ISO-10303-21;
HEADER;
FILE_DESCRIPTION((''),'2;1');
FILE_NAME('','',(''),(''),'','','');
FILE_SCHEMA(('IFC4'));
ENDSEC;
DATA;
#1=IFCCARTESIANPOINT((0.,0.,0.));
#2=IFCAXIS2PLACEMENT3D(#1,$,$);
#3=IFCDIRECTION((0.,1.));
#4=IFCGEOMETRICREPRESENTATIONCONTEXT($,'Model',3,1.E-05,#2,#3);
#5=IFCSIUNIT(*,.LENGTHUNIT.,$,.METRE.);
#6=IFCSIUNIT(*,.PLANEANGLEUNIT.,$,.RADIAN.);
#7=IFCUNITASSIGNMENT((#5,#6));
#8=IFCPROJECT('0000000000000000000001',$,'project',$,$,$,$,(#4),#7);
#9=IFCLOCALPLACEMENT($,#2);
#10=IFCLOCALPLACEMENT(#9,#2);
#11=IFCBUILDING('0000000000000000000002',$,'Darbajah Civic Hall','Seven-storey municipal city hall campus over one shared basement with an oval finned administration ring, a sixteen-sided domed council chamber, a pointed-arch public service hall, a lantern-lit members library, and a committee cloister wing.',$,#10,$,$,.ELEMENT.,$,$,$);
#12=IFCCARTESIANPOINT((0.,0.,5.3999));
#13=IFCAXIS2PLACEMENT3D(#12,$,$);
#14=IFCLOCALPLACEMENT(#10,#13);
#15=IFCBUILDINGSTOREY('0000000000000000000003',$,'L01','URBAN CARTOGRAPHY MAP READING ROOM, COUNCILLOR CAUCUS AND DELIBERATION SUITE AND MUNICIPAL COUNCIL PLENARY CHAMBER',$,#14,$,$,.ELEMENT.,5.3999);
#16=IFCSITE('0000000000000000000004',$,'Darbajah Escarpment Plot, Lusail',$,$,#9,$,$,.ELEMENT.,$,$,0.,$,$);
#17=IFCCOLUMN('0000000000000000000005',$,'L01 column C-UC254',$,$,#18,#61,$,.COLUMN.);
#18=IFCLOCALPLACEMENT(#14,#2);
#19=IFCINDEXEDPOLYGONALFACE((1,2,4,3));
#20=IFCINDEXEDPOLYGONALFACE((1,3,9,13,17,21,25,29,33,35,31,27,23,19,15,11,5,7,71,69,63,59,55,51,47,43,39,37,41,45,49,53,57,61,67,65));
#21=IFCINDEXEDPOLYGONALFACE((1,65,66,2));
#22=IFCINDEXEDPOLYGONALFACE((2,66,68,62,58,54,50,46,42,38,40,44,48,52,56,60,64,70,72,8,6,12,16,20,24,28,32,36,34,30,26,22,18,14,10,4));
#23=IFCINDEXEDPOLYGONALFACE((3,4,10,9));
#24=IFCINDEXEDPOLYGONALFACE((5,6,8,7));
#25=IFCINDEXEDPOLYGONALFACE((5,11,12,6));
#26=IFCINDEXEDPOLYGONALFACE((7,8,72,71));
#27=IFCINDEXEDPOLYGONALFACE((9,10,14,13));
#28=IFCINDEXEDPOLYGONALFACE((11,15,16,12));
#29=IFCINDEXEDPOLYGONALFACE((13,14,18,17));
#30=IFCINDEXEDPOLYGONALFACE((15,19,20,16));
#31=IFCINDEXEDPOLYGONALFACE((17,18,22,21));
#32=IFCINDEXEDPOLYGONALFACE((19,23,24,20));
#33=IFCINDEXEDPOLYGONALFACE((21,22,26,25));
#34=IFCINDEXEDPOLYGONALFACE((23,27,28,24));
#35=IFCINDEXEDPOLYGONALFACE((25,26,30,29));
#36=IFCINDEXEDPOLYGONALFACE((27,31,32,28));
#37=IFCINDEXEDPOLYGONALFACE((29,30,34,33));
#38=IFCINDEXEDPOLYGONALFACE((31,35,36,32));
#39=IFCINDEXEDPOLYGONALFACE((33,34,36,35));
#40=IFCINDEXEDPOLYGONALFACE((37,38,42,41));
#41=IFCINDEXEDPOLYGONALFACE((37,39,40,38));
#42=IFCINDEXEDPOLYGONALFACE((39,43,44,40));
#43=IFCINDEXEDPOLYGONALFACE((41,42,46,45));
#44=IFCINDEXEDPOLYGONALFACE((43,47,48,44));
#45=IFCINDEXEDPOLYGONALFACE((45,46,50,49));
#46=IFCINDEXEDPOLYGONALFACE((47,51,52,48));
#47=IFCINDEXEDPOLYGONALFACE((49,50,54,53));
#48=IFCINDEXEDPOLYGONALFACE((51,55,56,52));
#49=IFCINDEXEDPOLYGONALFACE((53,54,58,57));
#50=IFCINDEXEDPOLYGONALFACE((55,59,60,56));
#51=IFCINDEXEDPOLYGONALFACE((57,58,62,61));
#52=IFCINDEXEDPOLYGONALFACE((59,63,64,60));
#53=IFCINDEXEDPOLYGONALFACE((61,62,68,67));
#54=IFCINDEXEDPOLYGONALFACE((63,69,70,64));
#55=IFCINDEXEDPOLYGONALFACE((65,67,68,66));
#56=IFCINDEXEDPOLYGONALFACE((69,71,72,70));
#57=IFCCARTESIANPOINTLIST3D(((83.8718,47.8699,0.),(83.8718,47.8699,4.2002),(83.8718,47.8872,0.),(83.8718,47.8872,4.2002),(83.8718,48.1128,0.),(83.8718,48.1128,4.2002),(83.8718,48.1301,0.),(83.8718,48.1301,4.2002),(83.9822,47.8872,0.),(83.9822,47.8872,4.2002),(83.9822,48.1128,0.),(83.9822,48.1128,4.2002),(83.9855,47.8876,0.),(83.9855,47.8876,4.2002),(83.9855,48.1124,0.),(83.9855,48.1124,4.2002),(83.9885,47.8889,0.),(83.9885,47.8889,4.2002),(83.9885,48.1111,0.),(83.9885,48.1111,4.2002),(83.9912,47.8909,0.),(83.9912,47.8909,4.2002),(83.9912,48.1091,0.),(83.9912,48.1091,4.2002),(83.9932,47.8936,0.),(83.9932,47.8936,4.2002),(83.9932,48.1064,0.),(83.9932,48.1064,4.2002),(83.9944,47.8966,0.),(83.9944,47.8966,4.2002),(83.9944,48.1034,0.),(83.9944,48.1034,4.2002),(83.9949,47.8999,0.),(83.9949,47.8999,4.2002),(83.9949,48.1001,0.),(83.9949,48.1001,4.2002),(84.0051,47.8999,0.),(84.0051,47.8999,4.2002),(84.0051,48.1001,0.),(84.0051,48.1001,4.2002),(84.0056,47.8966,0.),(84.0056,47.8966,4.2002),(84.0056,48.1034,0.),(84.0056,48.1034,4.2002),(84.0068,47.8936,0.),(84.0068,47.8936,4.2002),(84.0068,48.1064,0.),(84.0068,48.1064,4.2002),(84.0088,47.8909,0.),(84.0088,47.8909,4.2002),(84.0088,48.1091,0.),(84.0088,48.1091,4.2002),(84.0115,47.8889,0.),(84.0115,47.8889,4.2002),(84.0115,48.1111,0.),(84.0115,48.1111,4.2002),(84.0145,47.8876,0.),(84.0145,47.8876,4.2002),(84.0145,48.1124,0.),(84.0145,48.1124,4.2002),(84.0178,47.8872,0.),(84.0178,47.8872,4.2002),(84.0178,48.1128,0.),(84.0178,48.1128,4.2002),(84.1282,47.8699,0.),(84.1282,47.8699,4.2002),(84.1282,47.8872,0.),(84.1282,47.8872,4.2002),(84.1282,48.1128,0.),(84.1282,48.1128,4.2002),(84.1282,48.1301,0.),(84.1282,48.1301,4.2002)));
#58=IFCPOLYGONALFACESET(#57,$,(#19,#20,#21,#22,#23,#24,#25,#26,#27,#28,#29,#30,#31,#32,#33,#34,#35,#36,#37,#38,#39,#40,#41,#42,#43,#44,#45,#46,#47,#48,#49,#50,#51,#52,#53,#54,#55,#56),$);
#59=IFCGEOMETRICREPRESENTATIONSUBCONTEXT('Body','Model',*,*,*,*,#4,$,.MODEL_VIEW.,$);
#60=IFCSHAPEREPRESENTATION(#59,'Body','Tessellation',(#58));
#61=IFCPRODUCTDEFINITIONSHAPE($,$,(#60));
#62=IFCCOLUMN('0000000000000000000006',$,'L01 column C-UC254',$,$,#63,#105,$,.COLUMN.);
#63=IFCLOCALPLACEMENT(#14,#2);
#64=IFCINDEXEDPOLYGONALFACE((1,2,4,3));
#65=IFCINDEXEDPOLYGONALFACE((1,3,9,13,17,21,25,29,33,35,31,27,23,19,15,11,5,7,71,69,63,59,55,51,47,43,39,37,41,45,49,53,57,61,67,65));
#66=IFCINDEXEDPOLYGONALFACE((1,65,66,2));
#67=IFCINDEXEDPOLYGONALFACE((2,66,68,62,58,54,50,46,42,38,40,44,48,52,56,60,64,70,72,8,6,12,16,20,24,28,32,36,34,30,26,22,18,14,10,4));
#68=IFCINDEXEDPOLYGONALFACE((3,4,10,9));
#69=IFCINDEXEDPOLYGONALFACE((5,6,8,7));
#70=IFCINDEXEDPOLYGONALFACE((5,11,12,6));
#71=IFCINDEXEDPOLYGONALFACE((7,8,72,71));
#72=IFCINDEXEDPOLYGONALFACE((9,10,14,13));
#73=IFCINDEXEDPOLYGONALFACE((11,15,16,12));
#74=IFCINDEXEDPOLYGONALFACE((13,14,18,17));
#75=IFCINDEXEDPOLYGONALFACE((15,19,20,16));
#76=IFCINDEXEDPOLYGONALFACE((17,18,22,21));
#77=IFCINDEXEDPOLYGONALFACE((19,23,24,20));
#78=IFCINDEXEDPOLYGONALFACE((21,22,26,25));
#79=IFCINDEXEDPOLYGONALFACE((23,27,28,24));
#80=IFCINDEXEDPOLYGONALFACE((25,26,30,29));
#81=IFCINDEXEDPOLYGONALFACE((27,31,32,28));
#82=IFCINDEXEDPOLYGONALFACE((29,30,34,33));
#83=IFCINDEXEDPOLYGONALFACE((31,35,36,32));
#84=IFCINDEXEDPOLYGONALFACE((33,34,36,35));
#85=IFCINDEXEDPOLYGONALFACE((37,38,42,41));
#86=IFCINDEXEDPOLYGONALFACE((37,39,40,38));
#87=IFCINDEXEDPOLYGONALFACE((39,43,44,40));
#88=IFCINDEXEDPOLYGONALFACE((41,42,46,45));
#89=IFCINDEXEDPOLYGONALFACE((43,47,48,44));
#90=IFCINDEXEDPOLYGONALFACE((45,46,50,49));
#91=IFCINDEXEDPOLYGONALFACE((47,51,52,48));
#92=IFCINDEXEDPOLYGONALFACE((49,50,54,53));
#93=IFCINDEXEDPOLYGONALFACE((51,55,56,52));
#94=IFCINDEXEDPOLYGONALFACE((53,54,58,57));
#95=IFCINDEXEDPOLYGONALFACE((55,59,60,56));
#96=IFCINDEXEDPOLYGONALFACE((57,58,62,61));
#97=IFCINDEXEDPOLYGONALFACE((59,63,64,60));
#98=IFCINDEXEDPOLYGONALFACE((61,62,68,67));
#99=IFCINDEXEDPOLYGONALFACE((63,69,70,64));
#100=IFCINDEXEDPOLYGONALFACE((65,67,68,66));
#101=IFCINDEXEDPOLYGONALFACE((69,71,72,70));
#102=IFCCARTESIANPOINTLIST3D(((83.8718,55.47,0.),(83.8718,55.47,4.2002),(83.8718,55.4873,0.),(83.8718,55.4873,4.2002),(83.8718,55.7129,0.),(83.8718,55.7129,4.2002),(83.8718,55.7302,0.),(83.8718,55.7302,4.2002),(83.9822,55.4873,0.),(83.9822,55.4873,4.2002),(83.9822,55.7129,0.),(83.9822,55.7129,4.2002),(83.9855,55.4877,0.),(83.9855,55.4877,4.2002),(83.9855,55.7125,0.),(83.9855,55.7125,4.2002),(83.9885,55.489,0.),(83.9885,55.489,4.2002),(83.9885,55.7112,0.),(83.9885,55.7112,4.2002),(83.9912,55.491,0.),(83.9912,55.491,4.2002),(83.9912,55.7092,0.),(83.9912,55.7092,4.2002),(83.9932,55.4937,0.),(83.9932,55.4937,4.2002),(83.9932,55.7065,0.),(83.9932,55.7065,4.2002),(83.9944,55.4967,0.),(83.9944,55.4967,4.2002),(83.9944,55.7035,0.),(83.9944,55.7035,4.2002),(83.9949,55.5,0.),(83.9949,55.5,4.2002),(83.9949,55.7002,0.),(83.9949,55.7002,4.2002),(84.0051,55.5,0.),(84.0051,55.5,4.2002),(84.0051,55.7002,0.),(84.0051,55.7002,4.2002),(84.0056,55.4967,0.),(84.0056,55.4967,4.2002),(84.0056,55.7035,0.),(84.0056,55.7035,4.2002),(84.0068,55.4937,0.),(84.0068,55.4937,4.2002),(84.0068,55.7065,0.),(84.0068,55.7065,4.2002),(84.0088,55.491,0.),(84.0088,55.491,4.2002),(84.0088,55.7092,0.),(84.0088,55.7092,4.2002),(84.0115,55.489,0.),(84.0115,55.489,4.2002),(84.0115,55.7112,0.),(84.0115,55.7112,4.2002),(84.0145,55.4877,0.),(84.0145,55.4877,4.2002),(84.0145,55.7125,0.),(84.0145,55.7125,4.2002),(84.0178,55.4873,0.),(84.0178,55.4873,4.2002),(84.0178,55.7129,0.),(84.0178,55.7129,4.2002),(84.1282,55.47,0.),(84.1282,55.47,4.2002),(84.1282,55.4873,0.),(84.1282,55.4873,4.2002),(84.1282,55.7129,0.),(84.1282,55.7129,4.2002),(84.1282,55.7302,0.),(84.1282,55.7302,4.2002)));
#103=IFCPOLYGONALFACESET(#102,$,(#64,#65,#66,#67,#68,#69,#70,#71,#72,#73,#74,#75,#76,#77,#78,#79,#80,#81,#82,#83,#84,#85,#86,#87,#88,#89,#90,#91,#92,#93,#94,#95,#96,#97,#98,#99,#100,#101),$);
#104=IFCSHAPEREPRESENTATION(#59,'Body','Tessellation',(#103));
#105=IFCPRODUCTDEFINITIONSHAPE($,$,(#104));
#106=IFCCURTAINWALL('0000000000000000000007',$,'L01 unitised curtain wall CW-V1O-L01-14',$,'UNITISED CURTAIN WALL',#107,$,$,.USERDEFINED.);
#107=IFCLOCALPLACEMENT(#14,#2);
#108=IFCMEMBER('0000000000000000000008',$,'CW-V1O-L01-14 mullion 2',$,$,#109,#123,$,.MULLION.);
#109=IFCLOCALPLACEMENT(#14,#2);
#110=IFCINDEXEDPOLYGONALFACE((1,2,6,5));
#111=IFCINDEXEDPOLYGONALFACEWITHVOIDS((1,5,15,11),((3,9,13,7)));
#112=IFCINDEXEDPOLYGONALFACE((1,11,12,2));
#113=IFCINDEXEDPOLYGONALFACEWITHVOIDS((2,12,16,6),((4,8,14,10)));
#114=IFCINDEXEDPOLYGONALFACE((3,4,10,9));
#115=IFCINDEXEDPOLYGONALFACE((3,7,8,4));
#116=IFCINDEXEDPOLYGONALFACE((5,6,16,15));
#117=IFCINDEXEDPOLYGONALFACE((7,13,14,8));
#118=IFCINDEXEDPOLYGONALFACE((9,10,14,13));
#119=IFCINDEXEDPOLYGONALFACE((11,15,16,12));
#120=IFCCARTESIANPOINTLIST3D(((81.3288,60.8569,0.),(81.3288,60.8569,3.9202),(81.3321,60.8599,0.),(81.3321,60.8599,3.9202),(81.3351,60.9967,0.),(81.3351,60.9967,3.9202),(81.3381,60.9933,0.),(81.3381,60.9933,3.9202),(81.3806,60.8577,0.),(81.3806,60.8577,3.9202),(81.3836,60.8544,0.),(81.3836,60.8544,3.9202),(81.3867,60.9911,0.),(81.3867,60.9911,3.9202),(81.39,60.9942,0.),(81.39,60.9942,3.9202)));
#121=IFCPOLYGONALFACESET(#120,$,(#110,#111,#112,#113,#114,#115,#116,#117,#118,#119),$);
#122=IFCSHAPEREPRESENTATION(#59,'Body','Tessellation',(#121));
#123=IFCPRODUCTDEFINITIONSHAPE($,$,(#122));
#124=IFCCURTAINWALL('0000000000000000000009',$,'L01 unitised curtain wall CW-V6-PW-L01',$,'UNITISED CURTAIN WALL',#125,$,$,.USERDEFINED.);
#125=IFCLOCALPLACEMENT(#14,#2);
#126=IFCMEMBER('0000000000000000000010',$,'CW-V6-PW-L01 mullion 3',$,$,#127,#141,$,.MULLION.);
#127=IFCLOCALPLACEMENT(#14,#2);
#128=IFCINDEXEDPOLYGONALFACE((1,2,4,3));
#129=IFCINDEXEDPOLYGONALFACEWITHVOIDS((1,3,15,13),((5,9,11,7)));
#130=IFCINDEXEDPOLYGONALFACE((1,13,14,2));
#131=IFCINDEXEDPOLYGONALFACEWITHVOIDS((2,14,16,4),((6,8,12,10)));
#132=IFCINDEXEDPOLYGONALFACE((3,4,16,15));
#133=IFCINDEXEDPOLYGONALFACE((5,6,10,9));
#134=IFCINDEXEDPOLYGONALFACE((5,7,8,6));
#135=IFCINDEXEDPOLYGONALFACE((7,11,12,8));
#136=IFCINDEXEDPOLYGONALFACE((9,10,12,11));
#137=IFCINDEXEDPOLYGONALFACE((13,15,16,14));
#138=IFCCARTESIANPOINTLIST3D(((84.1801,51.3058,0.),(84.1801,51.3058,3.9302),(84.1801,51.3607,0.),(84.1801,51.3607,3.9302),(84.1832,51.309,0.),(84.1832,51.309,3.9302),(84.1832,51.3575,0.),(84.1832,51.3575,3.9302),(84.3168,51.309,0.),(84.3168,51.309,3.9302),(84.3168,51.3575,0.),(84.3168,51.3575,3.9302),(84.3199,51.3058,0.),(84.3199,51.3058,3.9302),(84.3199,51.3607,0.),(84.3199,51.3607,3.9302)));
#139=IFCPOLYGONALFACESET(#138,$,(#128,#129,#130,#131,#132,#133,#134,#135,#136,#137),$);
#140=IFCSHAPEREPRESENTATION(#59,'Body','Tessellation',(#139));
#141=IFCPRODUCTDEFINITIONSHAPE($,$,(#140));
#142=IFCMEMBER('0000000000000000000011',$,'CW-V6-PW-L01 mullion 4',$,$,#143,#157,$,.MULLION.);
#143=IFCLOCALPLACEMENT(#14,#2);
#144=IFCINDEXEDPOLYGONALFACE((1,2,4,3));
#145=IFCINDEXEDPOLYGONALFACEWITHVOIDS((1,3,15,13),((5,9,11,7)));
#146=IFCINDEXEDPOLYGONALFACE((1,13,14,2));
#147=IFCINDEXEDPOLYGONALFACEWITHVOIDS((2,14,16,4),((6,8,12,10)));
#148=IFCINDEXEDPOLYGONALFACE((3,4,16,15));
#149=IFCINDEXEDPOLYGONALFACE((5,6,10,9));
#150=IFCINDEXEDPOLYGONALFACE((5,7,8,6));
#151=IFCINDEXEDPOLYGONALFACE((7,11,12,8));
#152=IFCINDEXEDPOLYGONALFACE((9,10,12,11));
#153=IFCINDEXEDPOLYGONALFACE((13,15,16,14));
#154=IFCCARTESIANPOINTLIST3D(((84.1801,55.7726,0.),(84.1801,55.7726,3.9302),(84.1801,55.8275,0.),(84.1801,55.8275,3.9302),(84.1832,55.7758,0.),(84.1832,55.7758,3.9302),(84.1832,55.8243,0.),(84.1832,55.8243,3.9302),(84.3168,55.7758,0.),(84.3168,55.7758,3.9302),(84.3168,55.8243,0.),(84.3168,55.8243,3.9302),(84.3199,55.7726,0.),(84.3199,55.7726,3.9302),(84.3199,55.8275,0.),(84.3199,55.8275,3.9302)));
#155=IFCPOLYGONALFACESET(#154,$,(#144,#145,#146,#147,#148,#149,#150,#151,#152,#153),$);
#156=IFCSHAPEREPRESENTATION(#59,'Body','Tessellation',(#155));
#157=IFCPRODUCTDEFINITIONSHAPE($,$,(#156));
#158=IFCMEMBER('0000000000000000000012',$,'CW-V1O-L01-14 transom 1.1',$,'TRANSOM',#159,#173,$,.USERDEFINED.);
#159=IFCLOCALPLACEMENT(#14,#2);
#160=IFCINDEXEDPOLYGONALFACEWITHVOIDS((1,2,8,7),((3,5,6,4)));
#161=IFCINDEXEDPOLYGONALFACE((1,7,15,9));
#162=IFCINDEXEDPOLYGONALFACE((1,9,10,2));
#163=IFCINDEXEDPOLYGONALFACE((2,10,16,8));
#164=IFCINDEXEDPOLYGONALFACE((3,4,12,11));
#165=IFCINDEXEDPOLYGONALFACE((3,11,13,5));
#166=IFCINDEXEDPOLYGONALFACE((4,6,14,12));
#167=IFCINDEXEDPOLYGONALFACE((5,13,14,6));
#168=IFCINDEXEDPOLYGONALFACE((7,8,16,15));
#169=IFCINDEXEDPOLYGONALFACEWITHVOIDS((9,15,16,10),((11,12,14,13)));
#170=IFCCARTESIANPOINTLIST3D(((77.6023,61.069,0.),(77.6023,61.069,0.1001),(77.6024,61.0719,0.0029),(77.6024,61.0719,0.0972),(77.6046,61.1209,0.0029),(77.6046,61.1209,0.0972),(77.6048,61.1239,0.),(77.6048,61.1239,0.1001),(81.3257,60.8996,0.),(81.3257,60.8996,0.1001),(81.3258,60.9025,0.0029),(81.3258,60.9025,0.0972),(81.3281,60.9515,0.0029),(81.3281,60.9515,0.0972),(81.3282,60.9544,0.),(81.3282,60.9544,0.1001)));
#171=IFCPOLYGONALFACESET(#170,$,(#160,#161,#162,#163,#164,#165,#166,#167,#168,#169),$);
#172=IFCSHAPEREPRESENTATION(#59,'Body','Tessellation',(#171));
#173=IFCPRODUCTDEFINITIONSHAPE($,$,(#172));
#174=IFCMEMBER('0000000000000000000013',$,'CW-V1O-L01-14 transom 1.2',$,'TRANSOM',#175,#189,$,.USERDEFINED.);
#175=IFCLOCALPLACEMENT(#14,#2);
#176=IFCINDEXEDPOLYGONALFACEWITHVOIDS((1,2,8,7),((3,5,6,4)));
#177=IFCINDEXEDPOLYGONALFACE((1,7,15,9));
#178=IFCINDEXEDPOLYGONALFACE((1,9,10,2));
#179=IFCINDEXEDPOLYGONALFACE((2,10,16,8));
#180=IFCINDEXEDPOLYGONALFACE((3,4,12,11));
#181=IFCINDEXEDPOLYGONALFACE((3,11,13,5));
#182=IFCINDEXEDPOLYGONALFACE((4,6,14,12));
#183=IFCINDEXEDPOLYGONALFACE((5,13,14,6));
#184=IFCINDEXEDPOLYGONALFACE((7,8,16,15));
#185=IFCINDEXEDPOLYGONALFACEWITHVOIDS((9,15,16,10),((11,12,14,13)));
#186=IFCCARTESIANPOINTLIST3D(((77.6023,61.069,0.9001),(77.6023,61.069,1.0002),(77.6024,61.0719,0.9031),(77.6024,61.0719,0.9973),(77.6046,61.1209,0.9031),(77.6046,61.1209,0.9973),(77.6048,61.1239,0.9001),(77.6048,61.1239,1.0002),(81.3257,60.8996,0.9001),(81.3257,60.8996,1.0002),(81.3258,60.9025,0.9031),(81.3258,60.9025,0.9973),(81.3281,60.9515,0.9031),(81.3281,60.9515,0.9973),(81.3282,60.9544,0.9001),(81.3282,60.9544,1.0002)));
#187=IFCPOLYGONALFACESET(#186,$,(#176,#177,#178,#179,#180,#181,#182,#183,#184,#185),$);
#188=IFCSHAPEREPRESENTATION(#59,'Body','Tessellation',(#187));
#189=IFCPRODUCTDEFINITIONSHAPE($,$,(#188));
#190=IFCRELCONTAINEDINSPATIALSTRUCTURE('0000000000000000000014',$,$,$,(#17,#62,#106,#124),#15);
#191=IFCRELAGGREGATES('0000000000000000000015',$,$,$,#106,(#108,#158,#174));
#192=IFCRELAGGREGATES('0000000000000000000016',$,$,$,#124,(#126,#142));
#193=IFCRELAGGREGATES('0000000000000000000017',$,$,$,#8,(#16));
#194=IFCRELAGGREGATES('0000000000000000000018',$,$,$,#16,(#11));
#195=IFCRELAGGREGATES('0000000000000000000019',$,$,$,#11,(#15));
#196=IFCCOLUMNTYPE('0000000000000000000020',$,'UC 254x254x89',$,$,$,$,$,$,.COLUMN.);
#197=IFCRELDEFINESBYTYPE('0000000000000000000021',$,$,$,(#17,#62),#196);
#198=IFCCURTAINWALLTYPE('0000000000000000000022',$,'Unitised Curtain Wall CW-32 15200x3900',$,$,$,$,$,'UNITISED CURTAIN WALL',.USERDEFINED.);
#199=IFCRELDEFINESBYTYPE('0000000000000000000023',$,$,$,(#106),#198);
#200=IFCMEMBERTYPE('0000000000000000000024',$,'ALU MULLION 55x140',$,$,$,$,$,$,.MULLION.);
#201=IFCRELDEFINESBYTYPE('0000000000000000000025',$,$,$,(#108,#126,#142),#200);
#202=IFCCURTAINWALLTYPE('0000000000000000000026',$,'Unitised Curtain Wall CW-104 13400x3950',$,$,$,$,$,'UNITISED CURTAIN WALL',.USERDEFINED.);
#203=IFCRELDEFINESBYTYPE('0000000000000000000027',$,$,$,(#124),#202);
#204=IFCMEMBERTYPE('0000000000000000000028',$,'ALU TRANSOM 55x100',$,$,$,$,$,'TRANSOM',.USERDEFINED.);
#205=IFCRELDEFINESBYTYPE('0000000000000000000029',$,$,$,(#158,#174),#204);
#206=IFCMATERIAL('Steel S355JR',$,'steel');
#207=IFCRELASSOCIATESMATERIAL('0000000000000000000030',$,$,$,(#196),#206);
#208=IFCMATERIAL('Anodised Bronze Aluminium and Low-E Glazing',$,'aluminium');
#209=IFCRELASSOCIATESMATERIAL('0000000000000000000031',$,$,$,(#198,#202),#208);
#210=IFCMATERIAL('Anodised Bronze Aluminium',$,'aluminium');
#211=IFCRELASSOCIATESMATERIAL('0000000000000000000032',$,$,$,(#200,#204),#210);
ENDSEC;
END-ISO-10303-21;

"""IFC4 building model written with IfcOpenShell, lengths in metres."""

from ifc_helpers import new_model, si_unit, direction, frame, origin, origin_2d, place, context, subcontext, project, spatial, hollow_rectangle, i_section, extrude, material, material_profile, profile_set, type_object, element, aggregate, save


model = new_model("IFC4")

# Units and contexts
model_context = context("Model", 3, precision=1e-05, world=origin(), true_north=direction((0.0, 1.0)))
body_context = subcontext(model_context, "Body", "Model", "MODEL_VIEW")
ifc_project = project(units=[si_unit("LENGTHUNIT", "METRE"), si_unit("PLANEANGLEUNIT", "RADIAN")], contexts=[model_context])

# Site, building, storey
site_placement = place(None, origin())
site = spatial("IfcSite", under=ifc_project, at=site_placement, Name="Darbajah Escarpment Plot, Lusail", CompositionType="ELEMENT", RefElevation=0.0)
building_placement = place(site_placement, origin())
building = spatial("IfcBuilding", under=site, at=building_placement, Name="Darbajah Civic Hall", Description="Seven-storey municipal city hall campus over one shared basement with an oval finned administration ring, a sixteen-sided domed council chamber, a pointed-arch public service hall, a lantern-lit members library, and a committee cloister wing.", CompositionType="ELEMENT")
storey_placement = place(building_placement, frame((0.0, 0.0, 5.3999)))
storey = spatial("IfcBuildingStorey", under=building, at=storey_placement, Name="L01", Description="URBAN CARTOGRAPHY MAP READING ROOM, COUNCILLOR CAUCUS AND DELIBERATION SUITE AND MUNICIPAL COUNCIL PLENARY CHAMBER", CompositionType="ELEMENT", Elevation=5.3999)

# Columns
ifc_material_1 = material(Name="Steel S355JR", Category="steel")
ifc_material_profile_1 = material_profile(ifc_material_1, i_section(OverallWidth=0.2563, OverallDepth=0.2603, WebThickness=0.0103, FlangeThickness=0.0173, FilletRadius=0.0127, at=origin_2d()), Name="UC 254x254x89")
ifc_profile_set_1 = profile_set([ifc_material_profile_1], Name="Steel S355JR")
column_type = type_object("IfcColumnType", Name="UC 254x254x89", PredefinedType="COLUMN", material=ifc_profile_set_1)
for number, where, z_axis, x_axis, name in (
    (1, (84.0, 48.0, 0.0), (0.0, 0.0, 1.0), (1.0, 0.0, 0.0), "L01 column C-UC254"),
    (2, (84.0, 55.6001, 0.0), (0.0, 0.0, 1.0), (1.0, 0.0, 0.0), "L01 column C-UC254"),
):
    element("IfcColumn", number, at=place(storey_placement, frame(where, z_axis=z_axis, x_axis=x_axis)), inside=storey, type_object=column_type, Name=name, PredefinedType="COLUMN", context=body_context, shape_type="SweptSolid", body=[
        extrude(i_section(OverallWidth=0.2563, OverallDepth=0.2603, WebThickness=0.0103, FlangeThickness=0.0173, FilletRadius=0.0127, at=origin_2d()), origin(), (0.0, 0.0, 1.0), 4.2002),
    ])

# Curtain wall, member
ifc_material_2 = material(Name="Anodised Bronze Aluminium and Low-E Glazing", Category="aluminium")
curtain_wall_type_1 = type_object("IfcCurtainWallType", Name="Unitised Curtain Wall CW-32 15200x3900", ElementType="UNITISED CURTAIN WALL", PredefinedType="USERDEFINED", material=ifc_material_2)
curtain_wall_1_placement = place(storey_placement, origin())
curtain_wall_1 = element("IfcCurtainWall", 3, at=curtain_wall_1_placement, inside=storey, type_object=curtain_wall_type_1, Name="L01 unitised curtain wall CW-V1O-L01-14", ObjectType="UNITISED CURTAIN WALL", PredefinedType="USERDEFINED")
ifc_material_3 = material(Name="Anodised Bronze Aluminium", Category="aluminium")
ifc_material_profile_2 = material_profile(ifc_material_3, hollow_rectangle(XDim=0.0549, YDim=0.1399, WallThickness=0.0032, at=origin_2d()), Name="ALU MULLION 55x140")
ifc_profile_set_2 = profile_set([ifc_material_profile_2], Name="Anodised Bronze Aluminium")
member_type_1 = type_object("IfcMemberType", Name="ALU MULLION 55x140", PredefinedType="MULLION", material=ifc_profile_set_2)
member_1_placement = place(storey_placement, frame((81.3594, 60.9255, 0.0), z_axis=(0.0, 0.0, 1.0), x_axis=(0.998963, -0.045537, 0.0)))
member_1 = element("IfcMember", 4, at=member_1_placement, type_object=member_type_1, Name="CW-V1O-L01-14 mullion 2", PredefinedType="MULLION", context=body_context, shape_type="SweptSolid", body=[
    extrude(hollow_rectangle(XDim=0.0549, YDim=0.1399, WallThickness=0.0032, at=origin_2d()), origin(), (0.0, 0.0, 1.0), 3.9202),
])

# Curtain wall, members
curtain_wall_type_2 = type_object("IfcCurtainWallType", Name="Unitised Curtain Wall CW-104 13400x3950", ElementType="UNITISED CURTAIN WALL", PredefinedType="USERDEFINED", material=ifc_material_2)
curtain_wall_2_placement = place(storey_placement, origin())
curtain_wall_2 = element("IfcCurtainWall", 5, at=curtain_wall_2_placement, inside=storey, type_object=curtain_wall_type_2, Name="L01 unitised curtain wall CW-V6-PW-L01", ObjectType="UNITISED CURTAIN WALL", PredefinedType="USERDEFINED")
member_2_placement = place(storey_placement, frame((84.25, 51.3333, 0.0), z_axis=(0.0, 0.0, 1.0), x_axis=(0.0, 1.0, 0.0)))
member_2 = element("IfcMember", 6, at=member_2_placement, type_object=member_type_1, Name="CW-V6-PW-L01 mullion 3", PredefinedType="MULLION", context=body_context, shape_type="SweptSolid", body=[
    extrude(hollow_rectangle(XDim=0.0549, YDim=0.1399, WallThickness=0.0032, at=origin_2d()), origin(), (0.0, 0.0, 1.0), 3.9302),
])
member_3_placement = place(storey_placement, frame((84.25, 55.8, 0.0), z_axis=(0.0, 0.0, 1.0), x_axis=(0.0, 1.0, 0.0)))
member_3 = element("IfcMember", 7, at=member_3_placement, type_object=member_type_1, Name="CW-V6-PW-L01 mullion 4", PredefinedType="MULLION", context=body_context, shape_type="SweptSolid", body=[
    extrude(hollow_rectangle(XDim=0.0549, YDim=0.1399, WallThickness=0.0032, at=origin_2d()), origin(), (0.0, 0.0, 1.0), 3.9302),
])

# Members
ifc_material_profile_3 = material_profile(ifc_material_3, hollow_rectangle(XDim=0.0549, YDim=0.1001, WallThickness=0.0029, at=origin_2d()), Name="ALU TRANSOM 55x100")
ifc_profile_set_3 = profile_set([ifc_material_profile_3], Name="Anodised Bronze Aluminium")
member_type_2 = type_object("IfcMemberType", Name="ALU TRANSOM 55x100", ElementType="TRANSOM", PredefinedType="USERDEFINED", material=ifc_profile_set_3)
member_4_placement = place(storey_placement, frame((77.6035, 61.0964, 0.05), z_axis=(0.998966, -0.045458, 0.0), x_axis=(0.045458, 0.998966, 0.0)))
member_4 = element("IfcMember", 8, at=member_4_placement, type_object=member_type_2, Name="CW-V1O-L01-14 transom 1.1", ObjectType="TRANSOM", PredefinedType="USERDEFINED", context=body_context, shape_type="SweptSolid", body=[
    extrude(hollow_rectangle(XDim=0.0549, YDim=0.1001, WallThickness=0.0029, at=origin_2d()), origin(), (0.0, 0.0, 1.0), 3.7273),
])
member_5_placement = place(storey_placement, frame((77.6035, 61.0964, 0.9502), z_axis=(0.998966, -0.045458, 0.0), x_axis=(0.045458, 0.998966, 0.0)))
member_5 = element("IfcMember", 9, at=member_5_placement, type_object=member_type_2, Name="CW-V1O-L01-14 transom 1.2", ObjectType="TRANSOM", PredefinedType="USERDEFINED", context=body_context, shape_type="SweptSolid", body=[
    extrude(hollow_rectangle(XDim=0.0549, YDim=0.1001, WallThickness=0.0029, at=origin_2d()), origin(), (0.0, 0.0, 1.0), 3.7273),
])

aggregate(curtain_wall_1, [member_1, member_4, member_5])
aggregate(curtain_wall_2, [member_2, member_3])

save(model, "model.ifc")
